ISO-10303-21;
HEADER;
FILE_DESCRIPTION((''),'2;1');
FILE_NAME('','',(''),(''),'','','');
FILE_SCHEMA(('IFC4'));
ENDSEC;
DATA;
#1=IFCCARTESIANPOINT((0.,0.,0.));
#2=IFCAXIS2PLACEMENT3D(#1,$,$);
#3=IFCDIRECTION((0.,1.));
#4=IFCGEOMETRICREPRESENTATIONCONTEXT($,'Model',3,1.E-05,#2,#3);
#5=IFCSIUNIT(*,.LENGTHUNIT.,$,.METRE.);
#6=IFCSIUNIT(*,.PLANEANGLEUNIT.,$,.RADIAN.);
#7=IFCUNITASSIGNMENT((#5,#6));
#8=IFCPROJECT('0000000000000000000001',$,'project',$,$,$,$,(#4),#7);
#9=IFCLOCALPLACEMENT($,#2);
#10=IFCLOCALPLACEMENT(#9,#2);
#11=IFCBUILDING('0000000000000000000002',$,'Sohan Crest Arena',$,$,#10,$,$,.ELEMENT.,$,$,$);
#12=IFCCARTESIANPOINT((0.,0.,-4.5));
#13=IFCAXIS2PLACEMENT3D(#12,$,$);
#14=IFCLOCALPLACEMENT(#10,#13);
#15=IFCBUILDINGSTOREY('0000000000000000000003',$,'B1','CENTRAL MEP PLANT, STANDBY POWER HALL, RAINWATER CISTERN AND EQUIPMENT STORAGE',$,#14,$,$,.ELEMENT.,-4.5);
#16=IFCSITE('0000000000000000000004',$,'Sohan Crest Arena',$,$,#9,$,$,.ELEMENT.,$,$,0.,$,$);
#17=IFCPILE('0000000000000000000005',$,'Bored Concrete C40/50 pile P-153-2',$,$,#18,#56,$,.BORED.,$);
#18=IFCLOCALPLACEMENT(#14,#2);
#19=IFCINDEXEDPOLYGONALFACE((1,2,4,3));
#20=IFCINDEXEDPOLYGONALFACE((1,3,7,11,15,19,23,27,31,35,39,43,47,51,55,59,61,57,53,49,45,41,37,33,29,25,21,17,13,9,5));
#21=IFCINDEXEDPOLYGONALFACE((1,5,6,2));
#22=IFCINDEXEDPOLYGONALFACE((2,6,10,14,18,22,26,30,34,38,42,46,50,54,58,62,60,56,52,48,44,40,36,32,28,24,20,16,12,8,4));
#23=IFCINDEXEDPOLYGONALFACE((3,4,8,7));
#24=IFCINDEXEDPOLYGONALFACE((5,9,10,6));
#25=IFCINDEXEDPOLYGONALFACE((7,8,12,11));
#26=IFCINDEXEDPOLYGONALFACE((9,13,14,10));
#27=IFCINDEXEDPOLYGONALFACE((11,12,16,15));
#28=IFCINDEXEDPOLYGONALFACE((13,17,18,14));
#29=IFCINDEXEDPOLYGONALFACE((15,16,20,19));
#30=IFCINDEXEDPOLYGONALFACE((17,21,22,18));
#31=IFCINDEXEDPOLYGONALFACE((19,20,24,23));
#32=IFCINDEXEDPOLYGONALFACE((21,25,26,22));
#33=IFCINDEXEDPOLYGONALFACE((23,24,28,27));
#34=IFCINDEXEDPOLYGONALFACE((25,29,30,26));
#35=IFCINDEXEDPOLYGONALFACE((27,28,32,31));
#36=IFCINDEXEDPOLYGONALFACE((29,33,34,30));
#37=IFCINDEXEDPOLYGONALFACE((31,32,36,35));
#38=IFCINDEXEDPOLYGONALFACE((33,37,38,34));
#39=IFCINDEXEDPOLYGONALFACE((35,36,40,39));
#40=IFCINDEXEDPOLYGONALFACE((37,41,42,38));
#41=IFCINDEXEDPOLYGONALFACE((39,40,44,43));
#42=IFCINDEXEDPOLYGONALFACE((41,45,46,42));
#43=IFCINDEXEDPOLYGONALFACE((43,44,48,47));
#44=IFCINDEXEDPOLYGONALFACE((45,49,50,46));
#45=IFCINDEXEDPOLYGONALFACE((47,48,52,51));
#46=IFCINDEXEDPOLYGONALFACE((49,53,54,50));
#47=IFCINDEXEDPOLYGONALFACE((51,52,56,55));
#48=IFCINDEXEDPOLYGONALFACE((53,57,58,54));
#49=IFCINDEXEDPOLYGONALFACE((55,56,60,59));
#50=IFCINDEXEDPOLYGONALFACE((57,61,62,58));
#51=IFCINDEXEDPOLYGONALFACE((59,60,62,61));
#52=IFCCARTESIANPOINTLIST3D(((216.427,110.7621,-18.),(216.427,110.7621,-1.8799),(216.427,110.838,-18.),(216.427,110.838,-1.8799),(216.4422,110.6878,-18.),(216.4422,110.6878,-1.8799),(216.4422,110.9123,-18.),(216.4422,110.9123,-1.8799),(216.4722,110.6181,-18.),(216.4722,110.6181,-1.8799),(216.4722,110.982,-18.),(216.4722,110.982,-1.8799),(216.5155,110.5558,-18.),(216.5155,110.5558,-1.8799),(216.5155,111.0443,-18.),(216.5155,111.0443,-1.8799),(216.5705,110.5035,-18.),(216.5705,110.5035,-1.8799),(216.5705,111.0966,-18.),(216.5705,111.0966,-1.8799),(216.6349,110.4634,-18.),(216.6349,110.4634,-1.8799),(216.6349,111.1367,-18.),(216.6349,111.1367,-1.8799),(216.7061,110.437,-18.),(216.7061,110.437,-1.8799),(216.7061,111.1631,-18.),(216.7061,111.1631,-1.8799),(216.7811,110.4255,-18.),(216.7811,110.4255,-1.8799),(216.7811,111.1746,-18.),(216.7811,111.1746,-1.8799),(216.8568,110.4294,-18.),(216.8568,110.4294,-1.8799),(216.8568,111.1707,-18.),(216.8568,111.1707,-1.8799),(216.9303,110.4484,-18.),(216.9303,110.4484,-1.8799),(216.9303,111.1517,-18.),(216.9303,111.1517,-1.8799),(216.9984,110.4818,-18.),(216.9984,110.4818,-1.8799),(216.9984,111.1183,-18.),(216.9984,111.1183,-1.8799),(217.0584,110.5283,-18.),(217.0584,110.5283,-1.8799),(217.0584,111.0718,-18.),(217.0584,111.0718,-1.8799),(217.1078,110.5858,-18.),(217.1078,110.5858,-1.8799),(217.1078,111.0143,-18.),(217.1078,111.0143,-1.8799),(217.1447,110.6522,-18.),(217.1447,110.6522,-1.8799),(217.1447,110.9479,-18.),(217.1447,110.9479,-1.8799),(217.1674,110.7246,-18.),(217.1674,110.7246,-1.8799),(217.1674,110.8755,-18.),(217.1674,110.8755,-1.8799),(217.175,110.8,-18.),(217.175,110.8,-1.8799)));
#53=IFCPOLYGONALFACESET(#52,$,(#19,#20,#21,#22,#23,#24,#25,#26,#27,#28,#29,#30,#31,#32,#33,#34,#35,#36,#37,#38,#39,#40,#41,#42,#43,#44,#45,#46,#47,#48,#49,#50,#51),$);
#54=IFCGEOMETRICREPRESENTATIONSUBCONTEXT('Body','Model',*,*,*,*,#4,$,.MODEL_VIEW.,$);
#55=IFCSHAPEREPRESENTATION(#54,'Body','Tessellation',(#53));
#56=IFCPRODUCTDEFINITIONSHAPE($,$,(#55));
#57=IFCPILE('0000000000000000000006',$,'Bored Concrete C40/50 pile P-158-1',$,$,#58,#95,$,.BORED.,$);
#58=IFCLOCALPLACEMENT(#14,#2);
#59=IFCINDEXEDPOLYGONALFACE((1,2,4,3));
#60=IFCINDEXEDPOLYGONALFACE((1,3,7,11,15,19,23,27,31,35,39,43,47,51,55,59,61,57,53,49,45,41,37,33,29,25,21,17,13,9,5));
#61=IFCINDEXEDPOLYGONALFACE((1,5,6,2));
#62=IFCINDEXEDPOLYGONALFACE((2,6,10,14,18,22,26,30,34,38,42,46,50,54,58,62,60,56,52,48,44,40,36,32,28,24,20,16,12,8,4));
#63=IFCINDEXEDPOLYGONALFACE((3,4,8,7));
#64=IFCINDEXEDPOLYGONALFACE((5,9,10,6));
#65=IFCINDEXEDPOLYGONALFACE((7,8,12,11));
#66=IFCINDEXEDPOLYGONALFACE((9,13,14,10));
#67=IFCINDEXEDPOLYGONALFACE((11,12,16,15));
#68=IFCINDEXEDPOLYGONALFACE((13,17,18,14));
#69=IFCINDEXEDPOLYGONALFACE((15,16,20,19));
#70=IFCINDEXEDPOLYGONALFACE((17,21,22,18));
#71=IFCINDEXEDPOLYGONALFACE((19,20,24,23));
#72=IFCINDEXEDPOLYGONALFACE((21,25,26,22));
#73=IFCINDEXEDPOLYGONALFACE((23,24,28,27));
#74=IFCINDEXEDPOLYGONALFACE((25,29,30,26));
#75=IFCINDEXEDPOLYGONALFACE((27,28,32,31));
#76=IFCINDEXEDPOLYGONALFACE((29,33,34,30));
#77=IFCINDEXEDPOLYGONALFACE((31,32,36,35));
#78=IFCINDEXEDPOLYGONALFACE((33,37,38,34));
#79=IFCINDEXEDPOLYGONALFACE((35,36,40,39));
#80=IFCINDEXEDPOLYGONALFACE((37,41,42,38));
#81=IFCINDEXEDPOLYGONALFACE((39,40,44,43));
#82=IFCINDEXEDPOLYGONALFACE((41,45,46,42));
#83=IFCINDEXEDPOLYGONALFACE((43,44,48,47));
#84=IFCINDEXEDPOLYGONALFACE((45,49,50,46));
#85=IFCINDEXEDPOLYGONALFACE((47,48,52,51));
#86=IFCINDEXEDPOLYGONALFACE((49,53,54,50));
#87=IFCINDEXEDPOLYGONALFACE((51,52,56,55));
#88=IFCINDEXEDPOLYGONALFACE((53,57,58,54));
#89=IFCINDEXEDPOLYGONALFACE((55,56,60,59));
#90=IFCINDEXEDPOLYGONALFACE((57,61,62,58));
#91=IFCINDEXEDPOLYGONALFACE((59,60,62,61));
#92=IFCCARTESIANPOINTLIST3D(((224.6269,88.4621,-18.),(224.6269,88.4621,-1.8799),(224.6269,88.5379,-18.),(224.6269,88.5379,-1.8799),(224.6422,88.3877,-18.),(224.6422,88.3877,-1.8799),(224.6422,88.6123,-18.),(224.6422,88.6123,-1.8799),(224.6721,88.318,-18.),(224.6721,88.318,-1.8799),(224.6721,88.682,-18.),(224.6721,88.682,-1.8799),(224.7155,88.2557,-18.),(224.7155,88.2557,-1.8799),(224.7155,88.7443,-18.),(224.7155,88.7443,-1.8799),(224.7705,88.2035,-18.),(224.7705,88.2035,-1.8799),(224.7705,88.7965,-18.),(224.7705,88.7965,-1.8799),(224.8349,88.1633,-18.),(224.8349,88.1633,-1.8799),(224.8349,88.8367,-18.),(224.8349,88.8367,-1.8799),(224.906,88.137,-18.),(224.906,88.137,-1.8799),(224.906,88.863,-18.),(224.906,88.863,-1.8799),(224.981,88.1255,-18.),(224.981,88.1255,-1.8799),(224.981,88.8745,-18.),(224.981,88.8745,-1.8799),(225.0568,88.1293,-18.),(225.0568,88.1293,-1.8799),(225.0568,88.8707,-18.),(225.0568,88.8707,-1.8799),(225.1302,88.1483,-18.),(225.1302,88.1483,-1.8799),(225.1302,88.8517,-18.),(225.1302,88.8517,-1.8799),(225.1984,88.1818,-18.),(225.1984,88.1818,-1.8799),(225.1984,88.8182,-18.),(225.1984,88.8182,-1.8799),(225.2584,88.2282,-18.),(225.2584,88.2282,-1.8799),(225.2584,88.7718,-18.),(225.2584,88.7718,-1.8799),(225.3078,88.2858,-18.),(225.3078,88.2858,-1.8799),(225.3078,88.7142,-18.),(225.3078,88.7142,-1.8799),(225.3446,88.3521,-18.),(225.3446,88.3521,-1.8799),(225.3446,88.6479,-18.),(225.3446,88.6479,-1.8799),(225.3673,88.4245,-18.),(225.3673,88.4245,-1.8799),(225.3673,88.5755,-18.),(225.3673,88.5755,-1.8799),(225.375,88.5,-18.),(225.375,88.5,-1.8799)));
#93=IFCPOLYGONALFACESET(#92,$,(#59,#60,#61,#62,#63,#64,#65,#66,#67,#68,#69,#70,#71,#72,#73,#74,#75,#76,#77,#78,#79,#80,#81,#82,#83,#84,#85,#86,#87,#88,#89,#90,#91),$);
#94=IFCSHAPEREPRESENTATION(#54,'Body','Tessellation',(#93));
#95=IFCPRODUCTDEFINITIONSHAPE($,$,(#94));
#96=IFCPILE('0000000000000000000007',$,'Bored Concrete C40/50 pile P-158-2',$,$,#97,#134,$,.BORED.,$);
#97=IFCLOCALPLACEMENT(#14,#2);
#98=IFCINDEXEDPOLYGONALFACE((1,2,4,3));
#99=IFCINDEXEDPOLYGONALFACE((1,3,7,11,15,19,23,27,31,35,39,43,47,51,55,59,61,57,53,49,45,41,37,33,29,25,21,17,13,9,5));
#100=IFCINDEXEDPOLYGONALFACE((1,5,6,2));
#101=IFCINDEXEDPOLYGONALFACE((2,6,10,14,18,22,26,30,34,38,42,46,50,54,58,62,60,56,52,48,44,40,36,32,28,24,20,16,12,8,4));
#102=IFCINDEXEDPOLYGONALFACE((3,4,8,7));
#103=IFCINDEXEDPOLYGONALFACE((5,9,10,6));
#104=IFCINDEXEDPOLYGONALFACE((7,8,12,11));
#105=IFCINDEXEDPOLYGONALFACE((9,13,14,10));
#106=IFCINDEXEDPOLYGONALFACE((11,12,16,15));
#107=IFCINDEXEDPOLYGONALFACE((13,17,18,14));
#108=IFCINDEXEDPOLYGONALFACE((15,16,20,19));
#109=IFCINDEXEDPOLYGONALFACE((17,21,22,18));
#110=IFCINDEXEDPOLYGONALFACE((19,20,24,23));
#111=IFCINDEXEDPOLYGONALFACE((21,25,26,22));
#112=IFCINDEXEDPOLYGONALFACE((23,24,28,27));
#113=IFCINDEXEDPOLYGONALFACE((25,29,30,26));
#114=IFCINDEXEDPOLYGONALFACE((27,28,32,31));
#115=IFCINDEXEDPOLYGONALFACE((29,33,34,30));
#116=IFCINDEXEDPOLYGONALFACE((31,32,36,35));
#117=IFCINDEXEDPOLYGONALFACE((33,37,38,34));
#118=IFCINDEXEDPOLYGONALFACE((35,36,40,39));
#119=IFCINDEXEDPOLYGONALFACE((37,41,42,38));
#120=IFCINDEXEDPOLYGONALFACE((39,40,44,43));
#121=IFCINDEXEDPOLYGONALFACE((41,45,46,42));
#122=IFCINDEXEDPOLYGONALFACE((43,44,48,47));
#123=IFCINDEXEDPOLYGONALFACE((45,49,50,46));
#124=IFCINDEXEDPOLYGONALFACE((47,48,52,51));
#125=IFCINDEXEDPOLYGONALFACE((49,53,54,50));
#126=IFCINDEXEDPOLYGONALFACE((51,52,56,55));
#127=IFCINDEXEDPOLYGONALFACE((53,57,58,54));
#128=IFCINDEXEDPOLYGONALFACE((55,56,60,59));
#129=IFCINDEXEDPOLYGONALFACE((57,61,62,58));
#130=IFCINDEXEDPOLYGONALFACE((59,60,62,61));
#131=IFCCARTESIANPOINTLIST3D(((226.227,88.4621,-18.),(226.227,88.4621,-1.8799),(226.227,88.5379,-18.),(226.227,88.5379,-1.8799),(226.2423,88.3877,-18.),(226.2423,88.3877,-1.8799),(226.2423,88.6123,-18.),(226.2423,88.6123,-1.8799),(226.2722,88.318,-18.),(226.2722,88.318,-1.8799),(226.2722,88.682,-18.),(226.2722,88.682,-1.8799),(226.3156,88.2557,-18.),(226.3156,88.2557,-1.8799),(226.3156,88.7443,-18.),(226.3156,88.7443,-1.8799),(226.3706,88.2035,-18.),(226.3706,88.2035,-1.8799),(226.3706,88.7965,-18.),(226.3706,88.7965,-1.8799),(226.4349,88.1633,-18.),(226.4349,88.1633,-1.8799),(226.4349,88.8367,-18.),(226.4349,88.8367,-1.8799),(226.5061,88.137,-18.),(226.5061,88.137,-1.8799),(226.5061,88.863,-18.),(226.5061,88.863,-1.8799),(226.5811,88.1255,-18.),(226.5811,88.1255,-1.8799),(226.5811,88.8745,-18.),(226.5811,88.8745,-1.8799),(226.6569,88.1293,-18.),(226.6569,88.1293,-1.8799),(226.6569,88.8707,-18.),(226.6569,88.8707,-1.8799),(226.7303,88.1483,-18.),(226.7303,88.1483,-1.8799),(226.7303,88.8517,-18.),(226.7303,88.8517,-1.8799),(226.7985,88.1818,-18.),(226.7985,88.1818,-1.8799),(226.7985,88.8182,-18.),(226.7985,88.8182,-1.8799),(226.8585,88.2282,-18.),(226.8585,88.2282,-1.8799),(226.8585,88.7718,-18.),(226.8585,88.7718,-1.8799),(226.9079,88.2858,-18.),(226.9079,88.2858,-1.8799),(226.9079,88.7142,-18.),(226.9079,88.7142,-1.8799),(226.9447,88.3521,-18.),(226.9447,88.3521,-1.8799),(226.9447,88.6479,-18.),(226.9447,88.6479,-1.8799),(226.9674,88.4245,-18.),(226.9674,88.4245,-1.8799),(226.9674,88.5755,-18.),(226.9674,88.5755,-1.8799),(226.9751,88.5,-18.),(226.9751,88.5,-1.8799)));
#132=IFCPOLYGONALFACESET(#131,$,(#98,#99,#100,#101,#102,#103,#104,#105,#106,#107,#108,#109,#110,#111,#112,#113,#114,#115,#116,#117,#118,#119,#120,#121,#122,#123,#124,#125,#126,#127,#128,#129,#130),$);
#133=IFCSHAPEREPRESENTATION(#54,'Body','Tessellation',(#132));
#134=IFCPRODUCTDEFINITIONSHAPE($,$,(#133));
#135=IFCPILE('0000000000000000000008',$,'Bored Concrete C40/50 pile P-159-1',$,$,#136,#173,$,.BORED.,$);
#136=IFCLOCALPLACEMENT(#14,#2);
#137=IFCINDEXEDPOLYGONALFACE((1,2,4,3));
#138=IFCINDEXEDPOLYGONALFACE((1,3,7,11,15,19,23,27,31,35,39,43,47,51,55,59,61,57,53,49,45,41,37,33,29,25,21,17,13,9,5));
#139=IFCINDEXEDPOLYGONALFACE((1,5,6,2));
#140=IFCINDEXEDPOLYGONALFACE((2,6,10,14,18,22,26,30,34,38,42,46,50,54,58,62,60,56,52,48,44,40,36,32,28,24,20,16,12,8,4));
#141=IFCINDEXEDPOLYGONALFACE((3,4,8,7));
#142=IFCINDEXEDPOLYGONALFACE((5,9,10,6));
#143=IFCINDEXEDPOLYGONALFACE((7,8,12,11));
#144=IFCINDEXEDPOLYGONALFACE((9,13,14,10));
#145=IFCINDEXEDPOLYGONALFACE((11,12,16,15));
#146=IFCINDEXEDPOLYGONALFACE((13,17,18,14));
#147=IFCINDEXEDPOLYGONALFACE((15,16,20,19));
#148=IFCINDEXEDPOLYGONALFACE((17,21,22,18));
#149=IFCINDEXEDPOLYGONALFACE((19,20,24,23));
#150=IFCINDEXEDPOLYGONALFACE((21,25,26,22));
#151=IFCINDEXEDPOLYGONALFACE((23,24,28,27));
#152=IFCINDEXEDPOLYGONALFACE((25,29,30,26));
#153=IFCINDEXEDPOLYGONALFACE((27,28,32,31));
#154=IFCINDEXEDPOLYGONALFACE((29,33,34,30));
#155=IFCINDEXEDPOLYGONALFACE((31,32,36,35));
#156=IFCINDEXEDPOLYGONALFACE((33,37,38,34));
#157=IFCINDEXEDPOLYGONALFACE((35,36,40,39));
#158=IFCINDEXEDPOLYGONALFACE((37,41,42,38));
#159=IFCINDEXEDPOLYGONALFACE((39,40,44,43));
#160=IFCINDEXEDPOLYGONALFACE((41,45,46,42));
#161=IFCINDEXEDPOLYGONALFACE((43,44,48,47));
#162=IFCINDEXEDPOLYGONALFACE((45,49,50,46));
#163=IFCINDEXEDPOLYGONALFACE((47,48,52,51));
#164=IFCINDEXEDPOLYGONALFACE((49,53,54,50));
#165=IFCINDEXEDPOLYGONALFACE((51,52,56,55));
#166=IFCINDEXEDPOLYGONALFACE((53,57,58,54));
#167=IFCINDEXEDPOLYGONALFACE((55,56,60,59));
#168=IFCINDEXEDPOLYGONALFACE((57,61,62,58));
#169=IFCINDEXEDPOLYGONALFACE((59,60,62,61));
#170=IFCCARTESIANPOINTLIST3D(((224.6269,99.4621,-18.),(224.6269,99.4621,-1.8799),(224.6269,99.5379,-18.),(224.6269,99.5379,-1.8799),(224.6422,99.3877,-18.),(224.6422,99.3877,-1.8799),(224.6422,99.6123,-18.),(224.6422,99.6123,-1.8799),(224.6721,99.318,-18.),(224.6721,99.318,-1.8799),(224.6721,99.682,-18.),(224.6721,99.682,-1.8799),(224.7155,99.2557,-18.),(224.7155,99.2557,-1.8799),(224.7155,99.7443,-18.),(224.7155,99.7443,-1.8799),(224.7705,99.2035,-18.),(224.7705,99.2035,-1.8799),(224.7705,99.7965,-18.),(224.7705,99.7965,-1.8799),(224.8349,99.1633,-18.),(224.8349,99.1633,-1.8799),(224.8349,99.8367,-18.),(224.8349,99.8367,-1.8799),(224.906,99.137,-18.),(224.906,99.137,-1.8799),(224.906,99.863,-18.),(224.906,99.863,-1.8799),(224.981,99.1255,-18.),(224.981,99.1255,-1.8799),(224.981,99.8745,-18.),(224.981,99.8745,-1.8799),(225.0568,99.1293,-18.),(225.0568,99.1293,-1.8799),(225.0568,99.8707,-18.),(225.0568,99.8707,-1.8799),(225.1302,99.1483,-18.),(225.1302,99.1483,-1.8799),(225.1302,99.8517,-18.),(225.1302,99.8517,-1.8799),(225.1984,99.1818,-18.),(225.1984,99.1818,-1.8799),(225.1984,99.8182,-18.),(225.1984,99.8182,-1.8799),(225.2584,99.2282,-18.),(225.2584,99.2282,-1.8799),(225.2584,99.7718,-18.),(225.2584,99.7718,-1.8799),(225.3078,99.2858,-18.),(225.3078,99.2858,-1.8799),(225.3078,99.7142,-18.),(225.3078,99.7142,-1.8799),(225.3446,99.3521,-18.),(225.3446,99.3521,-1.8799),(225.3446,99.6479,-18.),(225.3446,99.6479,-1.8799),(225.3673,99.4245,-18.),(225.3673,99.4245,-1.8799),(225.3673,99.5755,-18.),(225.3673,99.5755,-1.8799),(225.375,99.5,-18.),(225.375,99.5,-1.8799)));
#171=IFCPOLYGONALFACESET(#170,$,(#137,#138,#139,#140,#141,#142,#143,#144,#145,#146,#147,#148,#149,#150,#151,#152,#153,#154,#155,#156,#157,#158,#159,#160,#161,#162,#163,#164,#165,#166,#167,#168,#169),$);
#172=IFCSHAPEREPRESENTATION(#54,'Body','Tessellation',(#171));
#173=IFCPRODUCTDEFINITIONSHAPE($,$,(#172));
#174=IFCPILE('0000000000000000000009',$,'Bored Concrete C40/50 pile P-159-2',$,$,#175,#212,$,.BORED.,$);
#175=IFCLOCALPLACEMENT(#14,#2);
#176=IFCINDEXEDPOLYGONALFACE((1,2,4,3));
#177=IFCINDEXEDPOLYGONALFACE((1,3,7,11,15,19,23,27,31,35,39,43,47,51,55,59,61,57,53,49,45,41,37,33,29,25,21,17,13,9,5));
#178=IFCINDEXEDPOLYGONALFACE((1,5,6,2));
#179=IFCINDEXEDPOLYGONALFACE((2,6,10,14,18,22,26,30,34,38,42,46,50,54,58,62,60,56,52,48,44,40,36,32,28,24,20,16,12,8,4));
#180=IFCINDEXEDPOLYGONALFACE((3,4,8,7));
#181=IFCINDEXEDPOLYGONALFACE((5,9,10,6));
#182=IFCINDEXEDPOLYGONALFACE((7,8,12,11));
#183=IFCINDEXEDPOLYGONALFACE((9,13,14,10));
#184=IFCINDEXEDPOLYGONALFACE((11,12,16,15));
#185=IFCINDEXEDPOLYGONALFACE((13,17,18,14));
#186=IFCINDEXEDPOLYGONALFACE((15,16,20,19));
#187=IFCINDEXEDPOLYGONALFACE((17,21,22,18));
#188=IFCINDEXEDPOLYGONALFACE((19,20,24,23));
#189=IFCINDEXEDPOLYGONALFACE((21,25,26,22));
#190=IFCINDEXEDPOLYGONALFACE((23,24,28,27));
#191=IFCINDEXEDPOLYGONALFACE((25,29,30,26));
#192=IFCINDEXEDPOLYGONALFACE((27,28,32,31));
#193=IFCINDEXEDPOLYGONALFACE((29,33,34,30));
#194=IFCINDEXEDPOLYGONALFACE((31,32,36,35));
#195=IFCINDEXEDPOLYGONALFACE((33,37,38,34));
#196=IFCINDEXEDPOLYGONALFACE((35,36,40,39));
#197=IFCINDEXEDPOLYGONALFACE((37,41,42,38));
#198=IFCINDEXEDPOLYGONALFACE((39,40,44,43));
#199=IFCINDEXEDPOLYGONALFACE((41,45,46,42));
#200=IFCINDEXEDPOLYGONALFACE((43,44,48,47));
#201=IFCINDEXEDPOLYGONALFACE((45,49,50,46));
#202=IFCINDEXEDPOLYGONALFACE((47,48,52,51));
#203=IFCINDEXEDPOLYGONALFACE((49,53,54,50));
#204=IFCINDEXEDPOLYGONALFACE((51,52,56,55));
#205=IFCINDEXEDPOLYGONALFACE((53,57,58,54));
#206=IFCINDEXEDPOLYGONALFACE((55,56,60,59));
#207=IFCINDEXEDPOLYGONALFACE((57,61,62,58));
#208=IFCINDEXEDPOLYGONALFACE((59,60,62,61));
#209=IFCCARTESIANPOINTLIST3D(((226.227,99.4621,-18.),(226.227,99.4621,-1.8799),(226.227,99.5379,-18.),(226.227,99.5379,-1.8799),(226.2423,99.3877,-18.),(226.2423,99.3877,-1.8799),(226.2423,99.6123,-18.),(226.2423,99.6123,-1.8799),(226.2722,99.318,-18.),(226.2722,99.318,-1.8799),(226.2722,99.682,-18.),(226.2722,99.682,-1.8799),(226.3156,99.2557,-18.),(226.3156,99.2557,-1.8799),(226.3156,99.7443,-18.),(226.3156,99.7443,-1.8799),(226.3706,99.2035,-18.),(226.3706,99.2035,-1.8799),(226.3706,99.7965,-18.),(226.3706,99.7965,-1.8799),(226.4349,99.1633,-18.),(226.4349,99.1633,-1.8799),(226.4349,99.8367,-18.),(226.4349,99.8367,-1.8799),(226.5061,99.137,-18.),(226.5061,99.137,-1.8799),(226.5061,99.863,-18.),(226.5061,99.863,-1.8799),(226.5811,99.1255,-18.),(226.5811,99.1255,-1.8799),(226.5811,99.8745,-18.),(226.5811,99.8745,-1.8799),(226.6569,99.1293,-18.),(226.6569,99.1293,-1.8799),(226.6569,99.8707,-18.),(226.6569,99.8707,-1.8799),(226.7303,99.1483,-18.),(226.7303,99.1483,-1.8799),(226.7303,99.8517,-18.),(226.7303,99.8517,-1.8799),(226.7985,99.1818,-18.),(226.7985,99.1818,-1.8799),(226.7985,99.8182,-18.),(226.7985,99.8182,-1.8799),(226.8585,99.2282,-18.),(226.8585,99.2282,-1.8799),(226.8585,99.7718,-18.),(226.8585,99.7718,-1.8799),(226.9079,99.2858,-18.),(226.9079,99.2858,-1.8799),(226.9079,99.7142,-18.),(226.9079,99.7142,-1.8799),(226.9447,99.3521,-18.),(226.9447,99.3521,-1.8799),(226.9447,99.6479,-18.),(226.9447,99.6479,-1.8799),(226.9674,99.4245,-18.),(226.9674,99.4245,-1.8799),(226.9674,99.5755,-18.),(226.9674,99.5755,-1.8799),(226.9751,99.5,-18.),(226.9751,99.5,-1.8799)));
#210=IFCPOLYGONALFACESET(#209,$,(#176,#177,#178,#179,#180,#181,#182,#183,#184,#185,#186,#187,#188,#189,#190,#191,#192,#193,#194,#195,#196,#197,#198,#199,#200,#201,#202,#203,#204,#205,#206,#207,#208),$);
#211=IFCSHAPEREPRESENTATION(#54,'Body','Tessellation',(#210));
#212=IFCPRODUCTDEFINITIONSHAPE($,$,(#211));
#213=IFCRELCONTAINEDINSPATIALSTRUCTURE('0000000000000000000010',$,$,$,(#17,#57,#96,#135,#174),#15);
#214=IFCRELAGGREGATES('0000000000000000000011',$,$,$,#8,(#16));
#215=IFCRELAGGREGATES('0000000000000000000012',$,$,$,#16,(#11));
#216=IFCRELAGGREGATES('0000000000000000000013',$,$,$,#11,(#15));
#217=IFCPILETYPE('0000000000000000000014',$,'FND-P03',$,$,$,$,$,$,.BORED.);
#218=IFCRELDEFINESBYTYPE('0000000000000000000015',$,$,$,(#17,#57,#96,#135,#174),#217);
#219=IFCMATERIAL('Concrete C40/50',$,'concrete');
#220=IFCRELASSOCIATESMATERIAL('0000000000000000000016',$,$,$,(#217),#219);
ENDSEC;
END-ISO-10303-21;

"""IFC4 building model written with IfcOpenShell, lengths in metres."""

from ifc_helpers import new_model, si_unit, direction, frame, origin, origin_2d, place, context, subcontext, project, spatial, circle, extrude, material, material_profile, profile_set, type_object, element, save


model = new_model("IFC4")

# Units and contexts
model_context = context("Model", 3, precision=1e-05, world=origin(), true_north=direction((0.0, 1.0)))
body_context = subcontext(model_context, "Body", "Model", "MODEL_VIEW")
ifc_project = project(units=[si_unit("LENGTHUNIT", "METRE"), si_unit("PLANEANGLEUNIT", "RADIAN")], contexts=[model_context])

# Site, building, storey
site_placement = place(None, origin())
site = spatial("IfcSite", under=ifc_project, at=site_placement, Name="Sohan Crest Arena", CompositionType="ELEMENT", RefElevation=0.0)
building_placement = place(site_placement, origin())
building = spatial("IfcBuilding", under=site, at=building_placement, Name="Sohan Crest Arena", CompositionType="ELEMENT")
storey_placement = place(building_placement, frame((0.0, 0.0, -4.5)))
storey = spatial("IfcBuildingStorey", under=building, at=storey_placement, Name="B1", Description="CENTRAL MEP PLANT, STANDBY POWER HALL, RAINWATER CISTERN AND EQUIPMENT STORAGE", CompositionType="ELEMENT", Elevation=-4.5)

# Shared definitions
ifc_material = material(Name="Concrete C40/50", Category="concrete")

# Piles
ifc_material_profile_1 = material_profile(ifc_material, circle(Radius=0.375, at=origin_2d()), Name="PILE D750")
ifc_profile_set_1 = profile_set([ifc_material_profile_1], Name="Concrete C40/50")
pile_type = type_object("IfcPileType", Name="FND-P03", PredefinedType="BORED", material=ifc_profile_set_1)
for number, where, z_axis, x_axis, name in (
    (1, (216.8, 110.8, -18.0), (0.0, 0.0, 1.0), (1.0, 0.0, 0.0), "Bored Concrete C40/50 pile P-153-2"),
    (2, (225.0, 88.5, -18.0), (0.0, 0.0, 1.0), (1.0, 0.0, 0.0), "Bored Concrete C40/50 pile P-158-1"),
    (3, (226.6001, 88.5, -18.0), (0.0, 0.0, 1.0), (1.0, 0.0, 0.0), "Bored Concrete C40/50 pile P-158-2"),
    (4, (225.0, 99.5, -18.0), (0.0, 0.0, 1.0), (1.0, 0.0, 0.0), "Bored Concrete C40/50 pile P-159-1"),
    (5, (226.6001, 99.5, -18.0), (0.0, 0.0, 1.0), (1.0, 0.0, 0.0), "Bored Concrete C40/50 pile P-159-2"),
):
    element("IfcPile", number, at=place(storey_placement, frame(where, z_axis=z_axis, x_axis=x_axis)), inside=storey, type_object=pile_type, Name=name, PredefinedType="BORED", context=body_context, shape_type="SweptSolid", body=[
        extrude(circle(Radius=0.375, at=origin_2d()), origin(), (0.0, 0.0, 1.0), 16.1201),
    ])

save(model, "model.ifc")
